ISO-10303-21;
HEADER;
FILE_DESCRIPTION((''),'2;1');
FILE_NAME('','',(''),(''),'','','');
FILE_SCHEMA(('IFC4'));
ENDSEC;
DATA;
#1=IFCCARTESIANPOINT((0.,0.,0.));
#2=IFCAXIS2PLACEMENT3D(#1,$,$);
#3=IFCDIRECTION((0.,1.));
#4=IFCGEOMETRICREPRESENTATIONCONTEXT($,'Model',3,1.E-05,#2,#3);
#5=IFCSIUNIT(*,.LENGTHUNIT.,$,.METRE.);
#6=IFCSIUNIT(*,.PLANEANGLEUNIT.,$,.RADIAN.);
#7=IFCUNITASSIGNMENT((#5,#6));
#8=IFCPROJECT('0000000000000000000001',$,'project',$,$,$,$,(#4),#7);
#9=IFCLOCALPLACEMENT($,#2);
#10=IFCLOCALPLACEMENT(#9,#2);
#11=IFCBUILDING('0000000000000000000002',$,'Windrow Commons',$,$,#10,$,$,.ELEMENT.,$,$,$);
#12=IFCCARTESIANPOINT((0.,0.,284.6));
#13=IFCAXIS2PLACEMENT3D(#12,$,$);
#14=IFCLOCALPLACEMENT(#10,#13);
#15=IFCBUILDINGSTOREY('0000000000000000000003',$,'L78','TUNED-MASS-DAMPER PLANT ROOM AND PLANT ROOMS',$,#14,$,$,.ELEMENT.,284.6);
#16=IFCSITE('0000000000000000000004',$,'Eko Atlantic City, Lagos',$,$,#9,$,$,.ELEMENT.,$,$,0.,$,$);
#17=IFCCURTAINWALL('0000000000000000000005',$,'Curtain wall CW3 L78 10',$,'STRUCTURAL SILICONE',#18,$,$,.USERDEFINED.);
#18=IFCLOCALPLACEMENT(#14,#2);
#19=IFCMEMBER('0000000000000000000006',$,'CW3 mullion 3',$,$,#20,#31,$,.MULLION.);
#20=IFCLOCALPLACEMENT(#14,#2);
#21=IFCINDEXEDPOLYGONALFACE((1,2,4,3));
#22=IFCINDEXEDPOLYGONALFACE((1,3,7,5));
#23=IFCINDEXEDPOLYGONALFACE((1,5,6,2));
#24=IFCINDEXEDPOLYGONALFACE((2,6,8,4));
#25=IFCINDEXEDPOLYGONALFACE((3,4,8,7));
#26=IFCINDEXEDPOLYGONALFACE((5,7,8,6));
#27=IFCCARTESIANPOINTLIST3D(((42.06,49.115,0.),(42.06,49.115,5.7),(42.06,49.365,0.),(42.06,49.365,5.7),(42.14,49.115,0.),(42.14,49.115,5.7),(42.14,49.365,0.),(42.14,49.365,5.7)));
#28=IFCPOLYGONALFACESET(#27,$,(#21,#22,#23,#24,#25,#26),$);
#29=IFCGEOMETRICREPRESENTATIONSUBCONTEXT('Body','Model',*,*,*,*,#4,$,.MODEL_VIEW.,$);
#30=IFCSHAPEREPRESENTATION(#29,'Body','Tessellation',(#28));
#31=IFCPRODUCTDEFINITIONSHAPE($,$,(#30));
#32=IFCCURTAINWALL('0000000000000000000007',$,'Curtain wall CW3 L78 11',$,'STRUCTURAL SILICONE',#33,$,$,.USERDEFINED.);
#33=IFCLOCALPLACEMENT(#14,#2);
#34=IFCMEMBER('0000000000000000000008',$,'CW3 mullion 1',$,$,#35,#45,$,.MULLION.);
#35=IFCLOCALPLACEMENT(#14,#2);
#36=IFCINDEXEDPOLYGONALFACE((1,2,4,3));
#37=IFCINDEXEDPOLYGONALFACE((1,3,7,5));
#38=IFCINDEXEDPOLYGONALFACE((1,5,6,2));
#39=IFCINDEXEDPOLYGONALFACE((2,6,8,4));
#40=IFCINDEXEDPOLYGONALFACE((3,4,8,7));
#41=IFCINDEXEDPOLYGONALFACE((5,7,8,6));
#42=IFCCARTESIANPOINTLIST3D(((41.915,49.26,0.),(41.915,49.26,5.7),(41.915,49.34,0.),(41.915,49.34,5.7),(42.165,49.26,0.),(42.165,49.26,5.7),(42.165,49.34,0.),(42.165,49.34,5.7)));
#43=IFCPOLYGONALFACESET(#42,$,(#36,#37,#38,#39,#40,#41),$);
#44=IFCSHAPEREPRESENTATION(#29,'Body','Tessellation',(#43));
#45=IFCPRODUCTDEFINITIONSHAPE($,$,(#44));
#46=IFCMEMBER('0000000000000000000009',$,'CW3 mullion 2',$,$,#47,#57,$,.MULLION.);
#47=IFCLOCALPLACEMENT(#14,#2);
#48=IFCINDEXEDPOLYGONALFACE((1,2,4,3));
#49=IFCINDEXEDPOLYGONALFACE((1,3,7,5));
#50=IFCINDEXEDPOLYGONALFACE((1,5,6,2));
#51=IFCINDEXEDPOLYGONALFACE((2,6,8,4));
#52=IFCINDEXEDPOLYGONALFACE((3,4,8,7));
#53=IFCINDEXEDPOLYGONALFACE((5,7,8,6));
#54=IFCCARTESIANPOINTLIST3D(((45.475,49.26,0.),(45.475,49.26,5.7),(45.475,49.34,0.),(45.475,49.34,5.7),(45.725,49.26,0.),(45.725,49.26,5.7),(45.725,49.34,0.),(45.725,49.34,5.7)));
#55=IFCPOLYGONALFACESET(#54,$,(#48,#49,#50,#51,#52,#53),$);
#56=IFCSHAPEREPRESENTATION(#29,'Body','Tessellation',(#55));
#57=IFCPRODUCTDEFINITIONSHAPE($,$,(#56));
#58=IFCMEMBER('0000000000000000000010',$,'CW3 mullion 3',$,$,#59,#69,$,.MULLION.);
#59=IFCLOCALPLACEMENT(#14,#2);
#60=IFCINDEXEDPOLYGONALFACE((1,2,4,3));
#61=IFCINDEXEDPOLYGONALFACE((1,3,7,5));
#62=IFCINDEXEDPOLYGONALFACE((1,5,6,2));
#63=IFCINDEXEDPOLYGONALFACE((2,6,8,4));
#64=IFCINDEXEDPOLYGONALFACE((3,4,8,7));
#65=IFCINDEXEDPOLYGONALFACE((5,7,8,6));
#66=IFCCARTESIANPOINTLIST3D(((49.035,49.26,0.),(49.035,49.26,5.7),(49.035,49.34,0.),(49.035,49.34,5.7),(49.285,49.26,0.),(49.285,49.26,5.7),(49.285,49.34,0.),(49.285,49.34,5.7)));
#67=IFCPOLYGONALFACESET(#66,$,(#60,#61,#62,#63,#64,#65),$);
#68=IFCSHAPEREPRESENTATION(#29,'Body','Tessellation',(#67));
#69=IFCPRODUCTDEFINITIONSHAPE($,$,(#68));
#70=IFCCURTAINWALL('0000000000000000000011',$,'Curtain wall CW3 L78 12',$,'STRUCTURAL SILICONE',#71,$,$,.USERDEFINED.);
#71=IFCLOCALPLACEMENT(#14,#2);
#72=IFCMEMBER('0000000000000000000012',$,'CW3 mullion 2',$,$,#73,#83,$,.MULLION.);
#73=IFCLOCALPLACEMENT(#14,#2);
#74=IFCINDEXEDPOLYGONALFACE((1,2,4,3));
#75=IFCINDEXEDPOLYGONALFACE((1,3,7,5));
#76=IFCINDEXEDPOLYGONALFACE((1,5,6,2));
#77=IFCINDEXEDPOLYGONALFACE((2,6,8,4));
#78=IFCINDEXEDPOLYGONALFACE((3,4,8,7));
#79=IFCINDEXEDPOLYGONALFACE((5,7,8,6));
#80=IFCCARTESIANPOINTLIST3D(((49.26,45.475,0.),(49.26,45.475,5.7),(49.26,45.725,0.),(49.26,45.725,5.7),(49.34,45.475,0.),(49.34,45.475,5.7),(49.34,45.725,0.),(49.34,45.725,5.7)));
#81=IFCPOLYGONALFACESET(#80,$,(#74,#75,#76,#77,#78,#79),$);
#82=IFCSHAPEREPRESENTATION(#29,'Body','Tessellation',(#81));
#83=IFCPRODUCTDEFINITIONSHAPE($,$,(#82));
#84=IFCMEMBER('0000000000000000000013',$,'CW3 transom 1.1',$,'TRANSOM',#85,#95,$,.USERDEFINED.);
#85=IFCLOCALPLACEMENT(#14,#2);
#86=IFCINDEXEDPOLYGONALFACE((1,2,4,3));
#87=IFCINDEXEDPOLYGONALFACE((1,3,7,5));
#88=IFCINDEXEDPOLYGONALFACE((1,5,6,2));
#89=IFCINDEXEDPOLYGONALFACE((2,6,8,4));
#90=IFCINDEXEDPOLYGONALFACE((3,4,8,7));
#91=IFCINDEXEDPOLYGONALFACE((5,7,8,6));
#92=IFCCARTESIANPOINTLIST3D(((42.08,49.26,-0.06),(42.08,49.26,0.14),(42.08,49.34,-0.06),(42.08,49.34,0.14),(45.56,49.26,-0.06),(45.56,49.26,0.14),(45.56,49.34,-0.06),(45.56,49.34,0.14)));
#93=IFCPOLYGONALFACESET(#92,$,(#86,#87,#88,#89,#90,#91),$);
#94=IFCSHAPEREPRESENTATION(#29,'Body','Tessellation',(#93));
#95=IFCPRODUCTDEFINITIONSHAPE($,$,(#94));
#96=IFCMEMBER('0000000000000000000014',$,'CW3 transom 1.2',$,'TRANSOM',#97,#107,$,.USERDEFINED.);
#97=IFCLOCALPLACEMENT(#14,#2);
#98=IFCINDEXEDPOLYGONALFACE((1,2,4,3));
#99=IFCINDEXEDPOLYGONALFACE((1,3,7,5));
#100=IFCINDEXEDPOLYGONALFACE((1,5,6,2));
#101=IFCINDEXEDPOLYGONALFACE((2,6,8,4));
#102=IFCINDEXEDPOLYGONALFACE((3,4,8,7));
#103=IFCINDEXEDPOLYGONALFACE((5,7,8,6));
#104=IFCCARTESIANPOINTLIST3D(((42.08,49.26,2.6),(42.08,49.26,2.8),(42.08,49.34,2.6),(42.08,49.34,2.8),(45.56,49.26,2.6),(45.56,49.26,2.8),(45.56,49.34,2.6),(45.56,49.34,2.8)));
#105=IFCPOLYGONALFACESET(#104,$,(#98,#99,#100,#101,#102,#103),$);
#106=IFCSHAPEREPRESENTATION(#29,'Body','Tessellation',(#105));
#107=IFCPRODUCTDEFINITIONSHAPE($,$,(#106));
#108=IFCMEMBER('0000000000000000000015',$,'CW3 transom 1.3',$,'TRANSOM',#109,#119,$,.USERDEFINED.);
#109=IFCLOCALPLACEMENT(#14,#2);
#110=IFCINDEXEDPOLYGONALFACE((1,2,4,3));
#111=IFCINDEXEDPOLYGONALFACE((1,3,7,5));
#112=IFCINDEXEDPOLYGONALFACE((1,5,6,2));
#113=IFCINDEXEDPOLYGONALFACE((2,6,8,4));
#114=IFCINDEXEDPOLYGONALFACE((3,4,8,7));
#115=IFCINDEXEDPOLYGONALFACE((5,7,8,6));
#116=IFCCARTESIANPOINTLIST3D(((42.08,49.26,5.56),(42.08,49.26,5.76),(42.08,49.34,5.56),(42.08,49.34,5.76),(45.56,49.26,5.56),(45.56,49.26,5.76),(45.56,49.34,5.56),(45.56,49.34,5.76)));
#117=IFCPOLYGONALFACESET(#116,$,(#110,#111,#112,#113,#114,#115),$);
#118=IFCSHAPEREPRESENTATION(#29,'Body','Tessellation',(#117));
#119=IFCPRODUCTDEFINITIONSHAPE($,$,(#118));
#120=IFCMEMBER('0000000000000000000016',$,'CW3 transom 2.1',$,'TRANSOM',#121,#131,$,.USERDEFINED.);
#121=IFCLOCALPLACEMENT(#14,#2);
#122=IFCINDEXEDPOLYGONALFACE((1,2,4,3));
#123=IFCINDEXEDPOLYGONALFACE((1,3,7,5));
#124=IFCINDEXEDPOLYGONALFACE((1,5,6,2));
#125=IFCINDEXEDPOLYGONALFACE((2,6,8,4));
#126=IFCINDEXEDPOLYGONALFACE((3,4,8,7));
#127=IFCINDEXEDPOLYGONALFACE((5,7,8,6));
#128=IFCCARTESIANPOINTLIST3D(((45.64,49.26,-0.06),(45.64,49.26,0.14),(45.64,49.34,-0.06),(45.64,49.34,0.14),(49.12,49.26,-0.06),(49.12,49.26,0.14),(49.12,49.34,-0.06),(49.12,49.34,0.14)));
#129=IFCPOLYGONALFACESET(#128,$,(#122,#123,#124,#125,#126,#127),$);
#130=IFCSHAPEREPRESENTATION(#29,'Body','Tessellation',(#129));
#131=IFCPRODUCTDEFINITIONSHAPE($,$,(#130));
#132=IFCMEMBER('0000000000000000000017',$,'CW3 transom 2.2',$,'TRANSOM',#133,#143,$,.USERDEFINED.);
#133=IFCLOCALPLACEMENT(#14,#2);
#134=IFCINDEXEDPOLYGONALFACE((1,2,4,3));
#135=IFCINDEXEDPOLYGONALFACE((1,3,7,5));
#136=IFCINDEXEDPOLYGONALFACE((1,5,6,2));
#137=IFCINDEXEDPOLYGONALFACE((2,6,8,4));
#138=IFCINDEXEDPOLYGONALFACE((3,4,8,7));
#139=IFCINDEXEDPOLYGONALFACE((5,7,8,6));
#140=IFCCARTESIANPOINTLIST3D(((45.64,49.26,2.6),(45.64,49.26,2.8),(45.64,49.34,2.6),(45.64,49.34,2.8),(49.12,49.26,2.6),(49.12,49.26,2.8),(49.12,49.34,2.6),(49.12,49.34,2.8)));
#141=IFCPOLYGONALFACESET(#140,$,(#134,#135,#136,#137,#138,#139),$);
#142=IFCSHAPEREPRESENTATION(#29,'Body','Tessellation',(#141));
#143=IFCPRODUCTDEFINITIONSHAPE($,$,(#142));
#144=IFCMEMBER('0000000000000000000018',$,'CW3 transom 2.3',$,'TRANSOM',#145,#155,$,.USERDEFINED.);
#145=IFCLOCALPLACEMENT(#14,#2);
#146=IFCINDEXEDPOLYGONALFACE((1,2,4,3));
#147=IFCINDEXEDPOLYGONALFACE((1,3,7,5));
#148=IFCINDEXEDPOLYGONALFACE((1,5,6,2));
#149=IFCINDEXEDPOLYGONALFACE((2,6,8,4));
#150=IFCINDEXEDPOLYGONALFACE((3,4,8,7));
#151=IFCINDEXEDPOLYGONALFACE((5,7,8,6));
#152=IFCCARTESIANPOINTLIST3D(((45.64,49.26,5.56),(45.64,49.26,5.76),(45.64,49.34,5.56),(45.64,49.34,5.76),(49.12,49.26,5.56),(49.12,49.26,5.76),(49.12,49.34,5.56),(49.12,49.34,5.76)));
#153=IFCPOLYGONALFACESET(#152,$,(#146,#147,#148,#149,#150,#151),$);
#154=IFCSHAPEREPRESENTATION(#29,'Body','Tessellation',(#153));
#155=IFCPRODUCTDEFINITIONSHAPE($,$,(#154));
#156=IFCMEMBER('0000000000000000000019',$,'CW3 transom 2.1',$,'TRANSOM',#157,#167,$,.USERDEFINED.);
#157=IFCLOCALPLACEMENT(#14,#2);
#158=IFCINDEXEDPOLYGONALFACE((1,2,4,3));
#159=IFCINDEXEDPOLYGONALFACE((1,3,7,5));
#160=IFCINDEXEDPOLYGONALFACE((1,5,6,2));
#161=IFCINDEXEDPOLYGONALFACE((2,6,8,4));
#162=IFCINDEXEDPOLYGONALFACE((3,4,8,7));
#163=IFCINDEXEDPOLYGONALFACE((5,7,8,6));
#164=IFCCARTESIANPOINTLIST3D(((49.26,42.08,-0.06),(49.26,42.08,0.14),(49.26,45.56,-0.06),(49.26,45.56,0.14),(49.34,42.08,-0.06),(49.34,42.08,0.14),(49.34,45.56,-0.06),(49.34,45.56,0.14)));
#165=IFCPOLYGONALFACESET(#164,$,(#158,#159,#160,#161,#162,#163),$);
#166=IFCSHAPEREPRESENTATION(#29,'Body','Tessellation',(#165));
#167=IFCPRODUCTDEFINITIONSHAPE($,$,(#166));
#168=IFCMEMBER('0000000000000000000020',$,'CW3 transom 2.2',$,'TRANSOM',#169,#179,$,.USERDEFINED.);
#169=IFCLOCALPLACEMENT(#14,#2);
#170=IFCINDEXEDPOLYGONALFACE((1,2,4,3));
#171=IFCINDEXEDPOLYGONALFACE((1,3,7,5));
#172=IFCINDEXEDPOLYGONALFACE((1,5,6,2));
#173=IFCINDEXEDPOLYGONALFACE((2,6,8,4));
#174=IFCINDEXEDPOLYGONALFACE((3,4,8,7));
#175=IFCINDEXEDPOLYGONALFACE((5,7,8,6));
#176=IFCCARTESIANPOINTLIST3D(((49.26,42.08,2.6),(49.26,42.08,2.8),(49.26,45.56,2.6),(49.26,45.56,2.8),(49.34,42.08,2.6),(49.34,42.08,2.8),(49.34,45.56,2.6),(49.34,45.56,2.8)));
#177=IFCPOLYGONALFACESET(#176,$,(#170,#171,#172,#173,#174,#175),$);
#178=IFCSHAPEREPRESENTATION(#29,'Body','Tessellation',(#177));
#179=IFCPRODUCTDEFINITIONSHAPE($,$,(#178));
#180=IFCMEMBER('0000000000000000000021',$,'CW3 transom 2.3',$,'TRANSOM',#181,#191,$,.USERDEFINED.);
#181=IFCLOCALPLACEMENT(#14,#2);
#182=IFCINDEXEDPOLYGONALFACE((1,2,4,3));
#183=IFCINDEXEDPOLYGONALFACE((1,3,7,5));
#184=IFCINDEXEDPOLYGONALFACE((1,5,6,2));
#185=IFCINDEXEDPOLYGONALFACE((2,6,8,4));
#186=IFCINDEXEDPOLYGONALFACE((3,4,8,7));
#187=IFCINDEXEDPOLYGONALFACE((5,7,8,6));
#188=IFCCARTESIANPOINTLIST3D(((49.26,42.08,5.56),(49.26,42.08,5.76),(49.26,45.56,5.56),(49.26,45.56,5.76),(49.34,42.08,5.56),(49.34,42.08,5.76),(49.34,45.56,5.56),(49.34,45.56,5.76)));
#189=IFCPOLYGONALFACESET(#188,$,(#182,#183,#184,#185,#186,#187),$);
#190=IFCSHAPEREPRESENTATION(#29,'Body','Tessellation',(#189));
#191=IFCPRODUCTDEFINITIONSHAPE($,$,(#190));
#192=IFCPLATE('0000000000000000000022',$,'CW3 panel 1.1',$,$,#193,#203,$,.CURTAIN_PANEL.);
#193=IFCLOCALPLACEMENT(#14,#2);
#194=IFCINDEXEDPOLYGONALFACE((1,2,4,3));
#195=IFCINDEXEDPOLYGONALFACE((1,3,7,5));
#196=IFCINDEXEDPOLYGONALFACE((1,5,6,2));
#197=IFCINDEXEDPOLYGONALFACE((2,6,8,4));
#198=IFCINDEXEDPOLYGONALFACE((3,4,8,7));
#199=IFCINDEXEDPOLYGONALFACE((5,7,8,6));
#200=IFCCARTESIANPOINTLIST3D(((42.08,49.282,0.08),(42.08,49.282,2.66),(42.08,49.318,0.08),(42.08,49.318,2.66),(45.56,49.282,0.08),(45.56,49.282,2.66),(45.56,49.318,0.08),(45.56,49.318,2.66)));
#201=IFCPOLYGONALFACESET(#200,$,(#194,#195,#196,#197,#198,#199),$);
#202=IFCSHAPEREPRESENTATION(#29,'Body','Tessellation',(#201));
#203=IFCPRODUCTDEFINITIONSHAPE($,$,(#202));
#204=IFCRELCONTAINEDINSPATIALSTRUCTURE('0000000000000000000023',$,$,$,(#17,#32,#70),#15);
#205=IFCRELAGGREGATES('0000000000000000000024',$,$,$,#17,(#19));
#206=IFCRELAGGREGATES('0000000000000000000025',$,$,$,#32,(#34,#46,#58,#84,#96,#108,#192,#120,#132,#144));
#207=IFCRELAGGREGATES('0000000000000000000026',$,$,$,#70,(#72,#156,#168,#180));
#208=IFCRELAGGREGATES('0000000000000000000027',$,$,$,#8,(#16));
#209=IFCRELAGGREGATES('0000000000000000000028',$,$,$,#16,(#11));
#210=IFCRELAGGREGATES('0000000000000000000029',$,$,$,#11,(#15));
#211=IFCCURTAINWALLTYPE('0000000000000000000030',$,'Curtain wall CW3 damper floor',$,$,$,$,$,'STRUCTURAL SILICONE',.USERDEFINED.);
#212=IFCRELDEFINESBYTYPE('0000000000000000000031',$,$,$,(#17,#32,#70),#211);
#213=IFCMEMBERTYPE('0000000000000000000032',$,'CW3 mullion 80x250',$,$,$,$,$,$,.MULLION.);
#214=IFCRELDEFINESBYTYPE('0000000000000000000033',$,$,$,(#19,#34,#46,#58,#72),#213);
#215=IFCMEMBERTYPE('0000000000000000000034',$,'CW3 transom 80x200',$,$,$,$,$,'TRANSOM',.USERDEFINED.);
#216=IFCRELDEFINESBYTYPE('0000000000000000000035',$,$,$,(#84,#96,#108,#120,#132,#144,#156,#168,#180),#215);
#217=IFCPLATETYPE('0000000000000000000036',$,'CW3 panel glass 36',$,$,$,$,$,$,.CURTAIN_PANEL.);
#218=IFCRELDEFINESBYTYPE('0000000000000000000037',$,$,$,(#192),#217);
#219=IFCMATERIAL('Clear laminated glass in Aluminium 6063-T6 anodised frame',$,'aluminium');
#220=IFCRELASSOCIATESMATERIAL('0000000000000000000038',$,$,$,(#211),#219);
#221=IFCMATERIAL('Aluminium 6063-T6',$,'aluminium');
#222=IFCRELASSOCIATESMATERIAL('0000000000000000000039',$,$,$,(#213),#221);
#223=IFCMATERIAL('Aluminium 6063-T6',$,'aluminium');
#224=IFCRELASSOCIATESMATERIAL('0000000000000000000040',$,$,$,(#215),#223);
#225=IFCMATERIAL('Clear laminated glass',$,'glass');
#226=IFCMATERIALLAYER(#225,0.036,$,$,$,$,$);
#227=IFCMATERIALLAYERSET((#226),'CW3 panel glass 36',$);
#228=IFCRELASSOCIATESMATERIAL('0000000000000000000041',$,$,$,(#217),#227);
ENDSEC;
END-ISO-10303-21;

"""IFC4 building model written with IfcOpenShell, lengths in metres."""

from ifc_helpers import new_model, si_unit, direction, frame, origin, origin_2d, place, context, subcontext, project, spatial, rectangle, extrude, material, layer, layer_set, material_profile, profile_set, type_object, element, aggregate, save


model = new_model("IFC4")

# Units and contexts
model_context = context("Model", 3, precision=1e-05, world=origin(), true_north=direction((0.0, 1.0)))
body_context = subcontext(model_context, "Body", "Model", "MODEL_VIEW")
ifc_project = project(units=[si_unit("LENGTHUNIT", "METRE"), si_unit("PLANEANGLEUNIT", "RADIAN")], contexts=[model_context])

# Site, building, storey
site_placement = place(None, origin())
site = spatial("IfcSite", under=ifc_project, at=site_placement, Name="Eko Atlantic City, Lagos", CompositionType="ELEMENT", RefElevation=0.0)
building_placement = place(site_placement, origin())
building = spatial("IfcBuilding", under=site, at=building_placement, Name="Windrow Commons", CompositionType="ELEMENT")
storey_placement = place(building_placement, frame((0.0, 0.0, 284.6)))
storey = spatial("IfcBuildingStorey", under=building, at=storey_placement, Name="L78", Description="TUNED-MASS-DAMPER PLANT ROOM AND PLANT ROOMS", CompositionType="ELEMENT", Elevation=284.6)

# Curtain wall, member
ifc_material_1 = material(Name="Clear laminated glass in Aluminium 6063-T6 anodised frame", Category="aluminium")
curtain_wall_type = type_object("IfcCurtainWallType", Name="Curtain wall CW3 damper floor", ElementType="STRUCTURAL SILICONE", PredefinedType="USERDEFINED", material=ifc_material_1)
placement = place(storey_placement, origin())
curtain_wall_1 = element("IfcCurtainWall", 1, at=placement, inside=storey, type_object=curtain_wall_type, Name="Curtain wall CW3 L78 10", ObjectType="STRUCTURAL SILICONE", PredefinedType="USERDEFINED")
ifc_material_2 = material(Name="Aluminium 6063-T6", Category="aluminium")
ifc_material_profile_1 = material_profile(ifc_material_2, rectangle(XDim=0.08, YDim=0.25, at=origin_2d()))
ifc_profile_set_1 = profile_set([ifc_material_profile_1], Name="Aluminium 6063-T6")
member_type_1 = type_object("IfcMemberType", Name="CW3 mullion 80x250", PredefinedType="MULLION", material=ifc_profile_set_1)
member_1_placement = place(storey_placement, frame((42.1, 49.24, 0.0), z_axis=(0.0, 0.0, 1.0), x_axis=(1.0, 0.0, 0.0)))
member_1 = element("IfcMember", 2, at=member_1_placement, type_object=member_type_1, Name="CW3 mullion 3", PredefinedType="MULLION", context=body_context, shape_type="SweptSolid", body=[
    extrude(rectangle(XDim=0.08, YDim=0.25, at=origin_2d()), origin(), (0.0, 0.0, 1.0), 5.7),
])
aggregate(curtain_wall_1, [member_1])

# Curtain wall, members
curtain_wall_2 = element("IfcCurtainWall", 3, at=placement, inside=storey, type_object=curtain_wall_type, Name="Curtain wall CW3 L78 11", ObjectType="STRUCTURAL SILICONE", PredefinedType="USERDEFINED")
member_2_placement = place(storey_placement, frame((42.04, 49.3, 0.0), z_axis=(0.0, 0.0, 1.0), x_axis=(0.0, 1.0, 0.0)))
member_2 = element("IfcMember", 4, at=member_2_placement, type_object=member_type_1, Name="CW3 mullion 1", PredefinedType="MULLION", context=body_context, shape_type="SweptSolid", body=[
    extrude(rectangle(XDim=0.08, YDim=0.25, at=origin_2d()), origin(), (0.0, 0.0, 1.0), 5.7),
])
member_3_placement = place(storey_placement, frame((45.6, 49.3, 0.0), z_axis=(0.0, 0.0, 1.0), x_axis=(0.0, 1.0, 0.0)))
member_3 = element("IfcMember", 5, at=member_3_placement, type_object=member_type_1, Name="CW3 mullion 2", PredefinedType="MULLION", context=body_context, shape_type="SweptSolid", body=[
    extrude(rectangle(XDim=0.08, YDim=0.25, at=origin_2d()), origin(), (0.0, 0.0, 1.0), 5.7),
])
member_4_placement = place(storey_placement, frame((49.16, 49.3, 0.0), z_axis=(0.0, 0.0, 1.0), x_axis=(0.0, 1.0, 0.0)))
member_4 = element("IfcMember", 6, at=member_4_placement, type_object=member_type_1, Name="CW3 mullion 3", PredefinedType="MULLION", context=body_context, shape_type="SweptSolid", body=[
    extrude(rectangle(XDim=0.08, YDim=0.25, at=origin_2d()), origin(), (0.0, 0.0, 1.0), 5.7),
])

# Curtain wall, member
curtain_wall_3 = element("IfcCurtainWall", 7, at=placement, inside=storey, type_object=curtain_wall_type, Name="Curtain wall CW3 L78 12", ObjectType="STRUCTURAL SILICONE", PredefinedType="USERDEFINED")
member_5_placement = place(storey_placement, frame((49.3, 45.6, 0.0), z_axis=(0.0, 0.0, 1.0), x_axis=(1.0, 0.0, 0.0)))
member_5 = element("IfcMember", 8, at=member_5_placement, type_object=member_type_1, Name="CW3 mullion 2", PredefinedType="MULLION", context=body_context, shape_type="SweptSolid", body=[
    extrude(rectangle(XDim=0.08, YDim=0.25, at=origin_2d()), origin(), (0.0, 0.0, 1.0), 5.7),
])

# Members
ifc_material_3 = material(Name="Aluminium 6063-T6", Category="aluminium")
ifc_material_profile_2 = material_profile(ifc_material_3, rectangle(XDim=0.08, YDim=0.2, at=origin_2d()))
ifc_profile_set_2 = profile_set([ifc_material_profile_2], Name="Aluminium 6063-T6")
member_type_2 = type_object("IfcMemberType", Name="CW3 transom 80x200", ElementType="TRANSOM", PredefinedType="USERDEFINED", material=ifc_profile_set_2)
member_6_placement = place(storey_placement, frame((42.08, 49.3, 0.04), z_axis=(1.0, 0.0, 0.0), x_axis=(0.0, 1.0, 0.0)))
member_6 = element("IfcMember", 9, at=member_6_placement, type_object=member_type_2, Name="CW3 transom 1.1", ObjectType="TRANSOM", PredefinedType="USERDEFINED", context=body_context, shape_type="SweptSolid", body=[
    extrude(rectangle(XDim=0.08, YDim=0.2, at=origin_2d()), origin(), (0.0, 0.0, 1.0), 3.48),
])
member_7_placement = place(storey_placement, frame((42.08, 49.3, 2.7), z_axis=(1.0, 0.0, 0.0), x_axis=(0.0, 1.0, 0.0)))
member_7 = element("IfcMember", 10, at=member_7_placement, type_object=member_type_2, Name="CW3 transom 1.2", ObjectType="TRANSOM", PredefinedType="USERDEFINED", context=body_context, shape_type="SweptSolid", body=[
    extrude(rectangle(XDim=0.08, YDim=0.2, at=origin_2d()), origin(), (0.0, 0.0, 1.0), 3.48),
])
member_8_placement = place(storey_placement, frame((42.08, 49.3, 5.66), z_axis=(1.0, 0.0, 0.0), x_axis=(0.0, 1.0, 0.0)))
member_8 = element("IfcMember", 11, at=member_8_placement, type_object=member_type_2, Name="CW3 transom 1.3", ObjectType="TRANSOM", PredefinedType="USERDEFINED", context=body_context, shape_type="SweptSolid", body=[
    extrude(rectangle(XDim=0.08, YDim=0.2, at=origin_2d()), origin(), (0.0, 0.0, 1.0), 3.48),
])
member_9_placement = place(storey_placement, frame((45.64, 49.3, 0.04), z_axis=(1.0, 0.0, 0.0), x_axis=(0.0, 1.0, 0.0)))
member_9 = element("IfcMember", 12, at=member_9_placement, type_object=member_type_2, Name="CW3 transom 2.1", ObjectType="TRANSOM", PredefinedType="USERDEFINED", context=body_context, shape_type="SweptSolid", body=[
    extrude(rectangle(XDim=0.08, YDim=0.2, at=origin_2d()), origin(), (0.0, 0.0, 1.0), 3.48),
])
member_10_placement = place(storey_placement, frame((45.64, 49.3, 2.7), z_axis=(1.0, 0.0, 0.0), x_axis=(0.0, 1.0, 0.0)))
member_10 = element("IfcMember", 13, at=member_10_placement, type_object=member_type_2, Name="CW3 transom 2.2", ObjectType="TRANSOM", PredefinedType="USERDEFINED", context=body_context, shape_type="SweptSolid", body=[
    extrude(rectangle(XDim=0.08, YDim=0.2, at=origin_2d()), origin(), (0.0, 0.0, 1.0), 3.48),
])
member_11_placement = place(storey_placement, frame((45.64, 49.3, 5.66), z_axis=(1.0, 0.0, 0.0), x_axis=(0.0, 1.0, 0.0)))
member_11 = element("IfcMember", 14, at=member_11_placement, type_object=member_type_2, Name="CW3 transom 2.3", ObjectType="TRANSOM", PredefinedType="USERDEFINED", context=body_context, shape_type="SweptSolid", body=[
    extrude(rectangle(XDim=0.08, YDim=0.2, at=origin_2d()), origin(), (0.0, 0.0, 1.0), 3.48),
])
member_12_placement = place(storey_placement, frame((49.3, 45.56, 0.04), z_axis=(0.0, -1.0, 0.0), x_axis=(1.0, 0.0, 0.0)))
member_12 = element("IfcMember", 15, at=member_12_placement, type_object=member_type_2, Name="CW3 transom 2.1", ObjectType="TRANSOM", PredefinedType="USERDEFINED", context=body_context, shape_type="SweptSolid", body=[
    extrude(rectangle(XDim=0.08, YDim=0.2, at=origin_2d()), origin(), (0.0, 0.0, 1.0), 3.48),
])
member_13_placement = place(storey_placement, frame((49.3, 45.56, 2.7), z_axis=(0.0, -1.0, 0.0), x_axis=(1.0, 0.0, 0.0)))
member_13 = element("IfcMember", 16, at=member_13_placement, type_object=member_type_2, Name="CW3 transom 2.2", ObjectType="TRANSOM", PredefinedType="USERDEFINED", context=body_context, shape_type="SweptSolid", body=[
    extrude(rectangle(XDim=0.08, YDim=0.2, at=origin_2d()), origin(), (0.0, 0.0, 1.0), 3.48),
])
member_14_placement = place(storey_placement, frame((49.3, 45.56, 5.66), z_axis=(0.0, -1.0, 0.0), x_axis=(1.0, 0.0, 0.0)))
member_14 = element("IfcMember", 17, at=member_14_placement, type_object=member_type_2, Name="CW3 transom 2.3", ObjectType="TRANSOM", PredefinedType="USERDEFINED", context=body_context, shape_type="SweptSolid", body=[
    extrude(rectangle(XDim=0.08, YDim=0.2, at=origin_2d()), origin(), (0.0, 0.0, 1.0), 3.48),
])

# Plate
ifc_material_4 = material(Name="Clear laminated glass", Category="glass")
ifc_layer_1 = layer(ifc_material_4, 0.036)
ifc_layer_set_1 = layer_set([ifc_layer_1], Name="CW3 panel glass 36")
plate_type = type_object("IfcPlateType", Name="CW3 panel glass 36", PredefinedType="CURTAIN_PANEL", material=ifc_layer_set_1)
plate_1_placement = place(storey_placement, frame((43.82, 49.3, 0.08), z_axis=(0.0, 0.0, 1.0), x_axis=(1.0, 0.0, 0.0)))
plate_1 = element("IfcPlate", 18, at=plate_1_placement, type_object=plate_type, Name="CW3 panel 1.1", PredefinedType="CURTAIN_PANEL", context=body_context, shape_type="SweptSolid", body=[
    extrude(rectangle(XDim=3.48, YDim=0.036, at=origin_2d()), origin(), (0.0, 0.0, 1.0), 2.58),
])
aggregate(curtain_wall_2, [member_2, member_3, member_4, member_6, member_7, member_8, plate_1, member_9, member_10, member_11])
aggregate(curtain_wall_3, [member_5, member_12, member_13, member_14])

save(model, "model.ifc")
